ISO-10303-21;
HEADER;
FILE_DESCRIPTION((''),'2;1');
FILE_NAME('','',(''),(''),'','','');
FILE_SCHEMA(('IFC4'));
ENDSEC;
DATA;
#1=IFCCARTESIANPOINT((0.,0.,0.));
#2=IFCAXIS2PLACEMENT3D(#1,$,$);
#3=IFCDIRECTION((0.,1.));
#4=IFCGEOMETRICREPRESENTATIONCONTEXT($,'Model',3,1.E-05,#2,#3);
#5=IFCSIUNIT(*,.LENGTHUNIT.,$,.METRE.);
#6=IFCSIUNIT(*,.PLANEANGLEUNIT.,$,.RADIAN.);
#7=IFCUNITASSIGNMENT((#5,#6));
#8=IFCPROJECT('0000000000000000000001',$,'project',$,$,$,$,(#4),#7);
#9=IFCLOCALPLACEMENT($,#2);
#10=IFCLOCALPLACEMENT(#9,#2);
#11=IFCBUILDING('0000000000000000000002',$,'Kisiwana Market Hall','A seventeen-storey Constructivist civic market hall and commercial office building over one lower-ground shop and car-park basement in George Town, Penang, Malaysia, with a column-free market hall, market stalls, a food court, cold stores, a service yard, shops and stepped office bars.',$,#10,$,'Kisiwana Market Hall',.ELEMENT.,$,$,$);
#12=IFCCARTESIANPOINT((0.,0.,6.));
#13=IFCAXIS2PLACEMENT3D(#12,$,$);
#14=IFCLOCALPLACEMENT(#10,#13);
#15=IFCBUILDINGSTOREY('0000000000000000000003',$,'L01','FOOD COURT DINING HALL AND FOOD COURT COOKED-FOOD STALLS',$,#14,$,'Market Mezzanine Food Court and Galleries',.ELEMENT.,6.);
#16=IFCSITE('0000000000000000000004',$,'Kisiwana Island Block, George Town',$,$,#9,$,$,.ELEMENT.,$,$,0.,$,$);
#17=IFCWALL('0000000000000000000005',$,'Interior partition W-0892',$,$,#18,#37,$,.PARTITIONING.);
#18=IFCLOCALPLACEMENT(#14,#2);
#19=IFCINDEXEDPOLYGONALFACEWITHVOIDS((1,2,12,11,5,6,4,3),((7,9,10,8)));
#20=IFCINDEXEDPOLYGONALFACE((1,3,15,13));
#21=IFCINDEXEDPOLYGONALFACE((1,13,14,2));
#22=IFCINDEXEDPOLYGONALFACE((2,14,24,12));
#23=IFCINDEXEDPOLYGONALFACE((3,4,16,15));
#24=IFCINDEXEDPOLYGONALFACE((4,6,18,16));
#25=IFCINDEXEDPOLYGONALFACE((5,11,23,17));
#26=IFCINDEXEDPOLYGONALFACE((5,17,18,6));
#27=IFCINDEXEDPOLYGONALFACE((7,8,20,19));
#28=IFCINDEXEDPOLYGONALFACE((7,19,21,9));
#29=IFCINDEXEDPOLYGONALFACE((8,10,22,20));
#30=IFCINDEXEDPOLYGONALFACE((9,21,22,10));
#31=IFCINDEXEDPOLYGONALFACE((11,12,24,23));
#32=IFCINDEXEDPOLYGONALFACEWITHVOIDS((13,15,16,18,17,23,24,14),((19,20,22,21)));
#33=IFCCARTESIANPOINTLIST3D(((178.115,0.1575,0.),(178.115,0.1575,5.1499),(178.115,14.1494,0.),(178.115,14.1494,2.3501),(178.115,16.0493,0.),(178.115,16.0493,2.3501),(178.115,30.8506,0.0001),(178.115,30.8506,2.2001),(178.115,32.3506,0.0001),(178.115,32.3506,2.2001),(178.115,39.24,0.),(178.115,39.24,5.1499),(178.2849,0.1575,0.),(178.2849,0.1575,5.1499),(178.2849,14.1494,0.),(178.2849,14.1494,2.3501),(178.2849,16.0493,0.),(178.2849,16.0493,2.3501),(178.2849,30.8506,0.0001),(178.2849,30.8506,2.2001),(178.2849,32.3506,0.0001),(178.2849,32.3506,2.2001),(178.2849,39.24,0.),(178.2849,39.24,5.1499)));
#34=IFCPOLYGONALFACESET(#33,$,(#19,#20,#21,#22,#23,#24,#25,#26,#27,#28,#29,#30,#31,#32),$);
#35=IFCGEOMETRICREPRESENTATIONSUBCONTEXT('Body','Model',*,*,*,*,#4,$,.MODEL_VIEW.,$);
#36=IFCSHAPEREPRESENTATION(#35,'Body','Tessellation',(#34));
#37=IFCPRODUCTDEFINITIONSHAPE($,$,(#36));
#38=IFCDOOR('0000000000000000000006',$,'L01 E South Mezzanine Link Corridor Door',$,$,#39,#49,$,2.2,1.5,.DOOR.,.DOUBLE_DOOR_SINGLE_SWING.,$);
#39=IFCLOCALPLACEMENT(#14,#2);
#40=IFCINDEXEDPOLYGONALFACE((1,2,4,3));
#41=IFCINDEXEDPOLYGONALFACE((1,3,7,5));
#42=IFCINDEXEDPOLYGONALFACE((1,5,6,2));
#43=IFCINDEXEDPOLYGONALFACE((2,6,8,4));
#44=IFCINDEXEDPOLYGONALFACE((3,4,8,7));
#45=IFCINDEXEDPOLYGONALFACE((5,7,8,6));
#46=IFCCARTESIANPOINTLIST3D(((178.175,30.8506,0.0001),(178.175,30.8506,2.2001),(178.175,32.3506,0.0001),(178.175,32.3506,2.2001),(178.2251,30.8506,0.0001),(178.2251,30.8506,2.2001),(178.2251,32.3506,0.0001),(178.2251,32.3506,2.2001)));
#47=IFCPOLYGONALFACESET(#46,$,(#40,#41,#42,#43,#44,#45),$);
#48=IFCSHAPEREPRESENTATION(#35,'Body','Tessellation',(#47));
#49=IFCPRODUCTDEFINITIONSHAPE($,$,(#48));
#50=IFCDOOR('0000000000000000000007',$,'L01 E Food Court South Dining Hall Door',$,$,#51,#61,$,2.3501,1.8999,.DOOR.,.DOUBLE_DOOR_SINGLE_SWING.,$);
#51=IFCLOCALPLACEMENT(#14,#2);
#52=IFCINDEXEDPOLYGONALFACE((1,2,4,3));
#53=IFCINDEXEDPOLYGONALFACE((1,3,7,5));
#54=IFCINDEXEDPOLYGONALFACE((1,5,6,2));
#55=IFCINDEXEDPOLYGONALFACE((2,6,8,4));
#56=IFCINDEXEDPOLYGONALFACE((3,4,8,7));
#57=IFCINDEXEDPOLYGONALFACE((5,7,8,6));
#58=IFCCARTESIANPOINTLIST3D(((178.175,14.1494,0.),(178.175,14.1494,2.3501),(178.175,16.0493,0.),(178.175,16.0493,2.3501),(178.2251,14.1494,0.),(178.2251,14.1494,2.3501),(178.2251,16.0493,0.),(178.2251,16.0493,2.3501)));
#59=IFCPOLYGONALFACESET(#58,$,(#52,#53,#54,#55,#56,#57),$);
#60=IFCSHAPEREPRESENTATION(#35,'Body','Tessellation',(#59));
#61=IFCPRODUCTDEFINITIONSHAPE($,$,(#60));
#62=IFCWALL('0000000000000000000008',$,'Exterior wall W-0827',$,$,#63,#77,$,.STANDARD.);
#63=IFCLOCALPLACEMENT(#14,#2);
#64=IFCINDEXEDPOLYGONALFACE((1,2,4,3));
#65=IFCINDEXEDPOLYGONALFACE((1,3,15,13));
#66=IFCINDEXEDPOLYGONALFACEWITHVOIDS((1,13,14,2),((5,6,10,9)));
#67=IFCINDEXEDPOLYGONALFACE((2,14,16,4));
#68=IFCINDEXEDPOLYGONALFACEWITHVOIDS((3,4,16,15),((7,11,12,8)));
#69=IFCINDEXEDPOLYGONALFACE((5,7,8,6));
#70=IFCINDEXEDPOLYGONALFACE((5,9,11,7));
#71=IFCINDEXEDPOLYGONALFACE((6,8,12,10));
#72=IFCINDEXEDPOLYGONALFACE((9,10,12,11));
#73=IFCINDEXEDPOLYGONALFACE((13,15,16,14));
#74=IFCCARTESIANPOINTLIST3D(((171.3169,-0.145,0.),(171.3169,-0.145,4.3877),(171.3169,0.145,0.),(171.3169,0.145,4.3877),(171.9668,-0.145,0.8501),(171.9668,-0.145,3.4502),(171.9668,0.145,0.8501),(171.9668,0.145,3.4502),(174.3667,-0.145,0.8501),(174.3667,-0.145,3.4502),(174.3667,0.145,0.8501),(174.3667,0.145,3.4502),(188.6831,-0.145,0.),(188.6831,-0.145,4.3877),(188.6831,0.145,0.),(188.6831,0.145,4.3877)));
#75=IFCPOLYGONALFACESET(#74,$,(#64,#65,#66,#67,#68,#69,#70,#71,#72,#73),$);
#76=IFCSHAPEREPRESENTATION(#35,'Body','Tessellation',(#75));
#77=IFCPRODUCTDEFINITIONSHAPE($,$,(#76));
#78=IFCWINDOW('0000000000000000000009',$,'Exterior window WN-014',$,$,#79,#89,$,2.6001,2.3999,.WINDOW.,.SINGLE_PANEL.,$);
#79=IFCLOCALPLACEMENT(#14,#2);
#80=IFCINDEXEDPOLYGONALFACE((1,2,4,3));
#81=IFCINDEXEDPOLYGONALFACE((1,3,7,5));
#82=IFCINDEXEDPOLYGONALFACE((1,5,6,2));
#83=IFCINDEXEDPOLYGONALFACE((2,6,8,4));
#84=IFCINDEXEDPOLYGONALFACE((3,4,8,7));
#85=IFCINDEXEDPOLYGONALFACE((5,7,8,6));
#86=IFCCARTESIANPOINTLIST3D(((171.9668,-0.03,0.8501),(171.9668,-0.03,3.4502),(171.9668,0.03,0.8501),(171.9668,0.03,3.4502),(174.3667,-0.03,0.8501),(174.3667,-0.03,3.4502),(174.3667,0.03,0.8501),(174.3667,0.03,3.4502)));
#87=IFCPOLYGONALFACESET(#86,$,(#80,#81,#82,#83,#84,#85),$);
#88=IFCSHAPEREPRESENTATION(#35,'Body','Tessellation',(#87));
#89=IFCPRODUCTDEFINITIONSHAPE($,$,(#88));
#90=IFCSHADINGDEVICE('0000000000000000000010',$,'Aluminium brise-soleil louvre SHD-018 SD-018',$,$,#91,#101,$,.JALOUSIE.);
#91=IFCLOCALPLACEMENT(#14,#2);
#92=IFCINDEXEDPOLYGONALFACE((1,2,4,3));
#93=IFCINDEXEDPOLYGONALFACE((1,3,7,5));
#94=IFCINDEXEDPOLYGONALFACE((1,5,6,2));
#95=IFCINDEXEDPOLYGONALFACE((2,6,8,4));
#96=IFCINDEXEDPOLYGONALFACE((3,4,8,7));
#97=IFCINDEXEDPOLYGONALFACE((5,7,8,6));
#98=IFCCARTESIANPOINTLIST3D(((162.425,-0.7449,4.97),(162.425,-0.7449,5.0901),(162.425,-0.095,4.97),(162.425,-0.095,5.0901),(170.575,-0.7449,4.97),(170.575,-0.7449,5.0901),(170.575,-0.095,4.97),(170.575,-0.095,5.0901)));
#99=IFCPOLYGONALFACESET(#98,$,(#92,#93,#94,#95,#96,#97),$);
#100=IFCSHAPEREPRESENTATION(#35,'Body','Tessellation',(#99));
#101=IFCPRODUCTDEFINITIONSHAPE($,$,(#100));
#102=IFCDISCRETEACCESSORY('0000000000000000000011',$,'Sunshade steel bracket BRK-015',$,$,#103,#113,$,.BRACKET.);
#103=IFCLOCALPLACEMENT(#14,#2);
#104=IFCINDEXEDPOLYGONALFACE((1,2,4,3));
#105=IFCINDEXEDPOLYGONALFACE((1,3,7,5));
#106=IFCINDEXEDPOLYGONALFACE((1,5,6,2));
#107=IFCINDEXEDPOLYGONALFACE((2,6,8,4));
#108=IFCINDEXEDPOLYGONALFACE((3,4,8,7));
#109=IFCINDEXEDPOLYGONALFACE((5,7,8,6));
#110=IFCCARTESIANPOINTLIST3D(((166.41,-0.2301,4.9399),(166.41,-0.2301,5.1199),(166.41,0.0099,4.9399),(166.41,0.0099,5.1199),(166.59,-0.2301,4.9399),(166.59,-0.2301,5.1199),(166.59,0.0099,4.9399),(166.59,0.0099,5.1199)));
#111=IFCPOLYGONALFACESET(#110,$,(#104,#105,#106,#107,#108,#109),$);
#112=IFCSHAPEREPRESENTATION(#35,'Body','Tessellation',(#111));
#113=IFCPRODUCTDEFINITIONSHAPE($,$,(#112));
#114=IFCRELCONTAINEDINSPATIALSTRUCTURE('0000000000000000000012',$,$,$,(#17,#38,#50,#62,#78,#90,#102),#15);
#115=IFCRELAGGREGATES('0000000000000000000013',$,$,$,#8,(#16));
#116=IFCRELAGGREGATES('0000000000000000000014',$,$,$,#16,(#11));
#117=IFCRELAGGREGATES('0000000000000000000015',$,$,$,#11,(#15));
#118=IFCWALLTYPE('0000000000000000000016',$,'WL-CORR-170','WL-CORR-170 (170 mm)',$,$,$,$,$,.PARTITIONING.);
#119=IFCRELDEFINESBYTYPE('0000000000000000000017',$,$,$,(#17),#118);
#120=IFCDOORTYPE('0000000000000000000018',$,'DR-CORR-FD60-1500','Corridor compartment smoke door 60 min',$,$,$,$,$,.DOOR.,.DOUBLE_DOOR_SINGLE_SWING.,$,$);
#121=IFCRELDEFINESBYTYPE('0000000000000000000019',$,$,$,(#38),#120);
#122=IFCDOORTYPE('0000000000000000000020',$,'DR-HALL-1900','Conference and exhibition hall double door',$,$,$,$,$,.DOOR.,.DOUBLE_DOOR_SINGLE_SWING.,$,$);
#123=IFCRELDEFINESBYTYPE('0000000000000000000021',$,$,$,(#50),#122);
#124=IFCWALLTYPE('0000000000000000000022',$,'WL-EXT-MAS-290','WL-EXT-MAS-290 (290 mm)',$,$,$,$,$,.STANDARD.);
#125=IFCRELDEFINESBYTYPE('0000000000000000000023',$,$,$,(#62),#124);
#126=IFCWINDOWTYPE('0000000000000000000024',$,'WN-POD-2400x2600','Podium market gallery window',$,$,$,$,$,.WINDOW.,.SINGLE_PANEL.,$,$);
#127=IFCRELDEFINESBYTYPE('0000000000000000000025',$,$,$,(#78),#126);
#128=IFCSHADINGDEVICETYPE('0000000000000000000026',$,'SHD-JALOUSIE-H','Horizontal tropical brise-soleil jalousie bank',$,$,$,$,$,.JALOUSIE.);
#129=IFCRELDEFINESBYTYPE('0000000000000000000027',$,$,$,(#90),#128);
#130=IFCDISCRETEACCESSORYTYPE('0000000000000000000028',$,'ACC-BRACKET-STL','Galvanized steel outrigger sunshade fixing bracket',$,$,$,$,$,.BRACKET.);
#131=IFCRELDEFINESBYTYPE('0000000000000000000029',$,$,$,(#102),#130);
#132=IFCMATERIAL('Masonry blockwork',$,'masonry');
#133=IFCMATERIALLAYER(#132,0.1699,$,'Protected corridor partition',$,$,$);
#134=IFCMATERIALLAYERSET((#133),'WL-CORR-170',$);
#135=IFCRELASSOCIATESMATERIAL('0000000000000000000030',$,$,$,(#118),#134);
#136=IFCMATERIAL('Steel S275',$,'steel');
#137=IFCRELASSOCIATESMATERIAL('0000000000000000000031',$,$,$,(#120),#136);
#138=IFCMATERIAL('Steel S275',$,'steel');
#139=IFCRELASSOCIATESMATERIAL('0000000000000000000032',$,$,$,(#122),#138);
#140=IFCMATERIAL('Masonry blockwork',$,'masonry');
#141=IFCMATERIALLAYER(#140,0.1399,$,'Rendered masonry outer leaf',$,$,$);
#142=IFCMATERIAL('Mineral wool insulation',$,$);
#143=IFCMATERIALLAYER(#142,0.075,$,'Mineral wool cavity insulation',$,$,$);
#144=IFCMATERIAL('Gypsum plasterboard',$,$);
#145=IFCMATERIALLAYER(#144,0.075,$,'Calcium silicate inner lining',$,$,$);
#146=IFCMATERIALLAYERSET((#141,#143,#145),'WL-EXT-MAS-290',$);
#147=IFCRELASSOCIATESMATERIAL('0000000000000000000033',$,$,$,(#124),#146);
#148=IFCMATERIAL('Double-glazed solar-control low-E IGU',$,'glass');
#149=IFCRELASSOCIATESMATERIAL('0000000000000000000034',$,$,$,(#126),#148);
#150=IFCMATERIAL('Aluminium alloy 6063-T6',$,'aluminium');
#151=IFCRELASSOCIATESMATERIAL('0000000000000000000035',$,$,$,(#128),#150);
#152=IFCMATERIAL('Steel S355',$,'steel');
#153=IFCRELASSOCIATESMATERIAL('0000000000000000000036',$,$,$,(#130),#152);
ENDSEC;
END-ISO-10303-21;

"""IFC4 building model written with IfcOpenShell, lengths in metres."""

from ifc_helpers import new_model, si_unit, direction, frame, frame_2d, origin, origin_2d, place, context, subcontext, project, spatial, rectangle, extrude, material, layer, layer_set, type_object, element, fill, save


model = new_model("IFC4")

# Units and contexts
model_context = context("Model", 3, precision=1e-05, world=origin(), true_north=direction((0.0, 1.0)))
body_context = subcontext(model_context, "Body", "Model", "MODEL_VIEW")
ifc_project = project(units=[si_unit("LENGTHUNIT", "METRE"), si_unit("PLANEANGLEUNIT", "RADIAN")], contexts=[model_context])

# Site, building, storey
site_placement = place(None, origin())
site = spatial("IfcSite", under=ifc_project, at=site_placement, Name="Kisiwana Island Block, George Town", CompositionType="ELEMENT", RefElevation=0.0)
building_placement = place(site_placement, origin())
building = spatial("IfcBuilding", under=site, at=building_placement, Name="Kisiwana Market Hall", Description="A seventeen-storey Constructivist civic market hall and commercial office building over one lower-ground shop and car-park basement in George Town, Penang, Malaysia, with a column-free market hall, market stalls, a food court, cold stores, a service yard, shops and stepped office bars.", LongName="Kisiwana Market Hall", CompositionType="ELEMENT")
storey_placement = place(building_placement, frame((0.0, 0.0, 6.0)))
storey = spatial("IfcBuildingStorey", under=building, at=storey_placement, Name="L01", Description="FOOD COURT DINING HALL AND FOOD COURT COOKED-FOOD STALLS", LongName="Market Mezzanine Food Court and Galleries", CompositionType="ELEMENT", Elevation=6.0)

# Shared definitions
ifc_material_1 = material(Name="Masonry blockwork", Category="masonry")
ifc_layer_1 = layer(ifc_material_1, 0.1699, Name="Protected corridor partition")
ifc_layer_set_1 = layer_set([ifc_layer_1], Name="WL-CORR-170")
wall_type_1 = type_object("IfcWallType", Name="WL-CORR-170", Description="WL-CORR-170 (170 mm)", PredefinedType="PARTITIONING", material=ifc_layer_set_1)

# Wall, openings, doors
wall_1_placement = place(storey_placement, frame((178.2, 0.1575, 0.0), z_axis=(0.0, 0.0, 1.0), x_axis=(0.0, 1.0, 0.0)))
wall_1 = element("IfcWall", 1, at=wall_1_placement, inside=storey, type_object=wall_type_1, Name="Interior partition W-0892", PredefinedType="PARTITIONING", context=body_context, shape_type="SweptSolid", body=[
    extrude(rectangle(XDim=39.0825, YDim=0.1699, at=frame_2d((19.5413, 0.0))), origin(), (0.0, 0.0, 1.0), 5.1499),
])
opening_1_placement = place(wall_1_placement, frame((13.9919, 0.0, 0.0)))
opening_1 = element("IfcOpeningElement", 2, at=opening_1_placement, cuts=wall_1, PredefinedType="OPENING", context=body_context, shape_type="SweptSolid", body=[
    extrude(rectangle(XDim=1.8999, YDim=2.3501, at=frame_2d((0.95, 1.175))), frame((0.0, 0.0969, 0.0), z_axis=(0.0, -1.0, 0.0), x_axis=(1.0, 0.0, 0.0)), (0.0, 0.0, 1.0), 0.1938),
])
opening_2_placement = place(wall_1_placement, frame((30.6931, 0.0, 0.0)))
opening_2 = element("IfcOpeningElement", 3, at=opening_2_placement, cuts=wall_1, PredefinedType="OPENING", context=body_context, shape_type="SweptSolid", body=[
    extrude(rectangle(XDim=1.5, YDim=2.2, at=frame_2d((0.75, 1.1001))), frame((0.0, 0.0969, 0.0), z_axis=(0.0, -1.0, 0.0), x_axis=(1.0, 0.0, 0.0)), (0.0, 0.0, 1.0), 0.1938),
])
ifc_material_2 = material(Name="Steel S275", Category="steel")
door_type_1 = type_object("IfcDoorType", Name="DR-CORR-FD60-1500", Description="Corridor compartment smoke door 60 min", OperationType="DOUBLE_DOOR_SINGLE_SWING", PredefinedType="DOOR", material=ifc_material_2)
door_1_placement = place(opening_2_placement, origin())
door_1 = element("IfcDoor", 4, at=door_1_placement, inside=storey, type_object=door_type_1, Name="L01 E South Mezzanine Link Corridor Door", OperationType="DOUBLE_DOOR_SINGLE_SWING", OverallHeight=2.2, OverallWidth=1.5, PredefinedType="DOOR", context=body_context, shape_type="SweptSolid", body=[
    extrude(rectangle(XDim=1.5, YDim=2.2, at=frame_2d((0.75, 1.1001))), frame((0.0, 0.0249, 0.0), z_axis=(0.0, -1.0, 0.0), x_axis=(1.0, 0.0, 0.0)), (0.0, 0.0, 1.0), 0.05),
])
fill(opening_2, door_1)
ifc_material_3 = material(Name="Steel S275", Category="steel")
door_type_2 = type_object("IfcDoorType", Name="DR-HALL-1900", Description="Conference and exhibition hall double door", OperationType="DOUBLE_DOOR_SINGLE_SWING", PredefinedType="DOOR", material=ifc_material_3)
door_2_placement = place(opening_1_placement, origin())
door_2 = element("IfcDoor", 5, at=door_2_placement, inside=storey, type_object=door_type_2, Name="L01 E Food Court South Dining Hall Door", OperationType="DOUBLE_DOOR_SINGLE_SWING", OverallHeight=2.3501, OverallWidth=1.8999, PredefinedType="DOOR", context=body_context, shape_type="SweptSolid", body=[
    extrude(rectangle(XDim=1.8999, YDim=2.3501, at=frame_2d((0.95, 1.175))), frame((0.0, 0.0249, 0.0), z_axis=(0.0, -1.0, 0.0), x_axis=(1.0, 0.0, 0.0)), (0.0, 0.0, 1.0), 0.05),
])
fill(opening_1, door_2)

# Wall, opening, window
ifc_material_4 = material(Name="Masonry blockwork", Category="masonry")
ifc_layer_2 = layer(ifc_material_4, 0.1399, Name="Rendered masonry outer leaf")
ifc_material_5 = material(Name="Mineral wool insulation")
ifc_layer_3 = layer(ifc_material_5, 0.075, Name="Mineral wool cavity insulation")
ifc_material_6 = material(Name="Gypsum plasterboard")
ifc_layer_4 = layer(ifc_material_6, 0.075, Name="Calcium silicate inner lining")
ifc_layer_set_2 = layer_set([ifc_layer_2, ifc_layer_3, ifc_layer_4], Name="WL-EXT-MAS-290")
wall_type_2 = type_object("IfcWallType", Name="WL-EXT-MAS-290", Description="WL-EXT-MAS-290 (290 mm)", PredefinedType="STANDARD", material=ifc_layer_set_2)
wall_2_placement = place(storey_placement, frame((171.3169, 0.0, 0.0), z_axis=(0.0, 0.0, 1.0), x_axis=(1.0, 0.0, 0.0)))
wall_2 = element("IfcWall", 6, at=wall_2_placement, inside=storey, type_object=wall_type_2, Name="Exterior wall W-0827", PredefinedType="STANDARD", context=body_context, shape_type="SweptSolid", body=[
    extrude(rectangle(XDim=17.3662, YDim=0.29, at=frame_2d((8.6831, 0.0))), origin(), (0.0, 0.0, 1.0), 4.3877),
])
opening_3_placement = place(wall_2_placement, frame((0.6499, 0.0, 0.8501)))
opening_3 = element("IfcOpeningElement", 7, at=opening_3_placement, cuts=wall_2, PredefinedType="OPENING", context=body_context, shape_type="SweptSolid", body=[
    extrude(rectangle(XDim=2.3999, YDim=2.6001, at=frame_2d((1.2, 1.3))), frame((0.0, 0.157, 0.0), z_axis=(0.0, -1.0, 0.0), x_axis=(1.0, 0.0, 0.0)), (0.0, 0.0, 1.0), 0.314),
])
ifc_material_7 = material(Name="Double-glazed solar-control low-E IGU", Category="glass")
window_type = type_object("IfcWindowType", Name="WN-POD-2400x2600", Description="Podium market gallery window", PartitioningType="SINGLE_PANEL", PredefinedType="WINDOW", material=ifc_material_7)
window_placement = place(opening_3_placement, origin())
window = element("IfcWindow", 8, at=window_placement, inside=storey, type_object=window_type, Name="Exterior window WN-014", OverallHeight=2.6001, OverallWidth=2.3999, PartitioningType="SINGLE_PANEL", PredefinedType="WINDOW", context=body_context, shape_type="SweptSolid", body=[
    extrude(rectangle(XDim=2.3999, YDim=2.6001, at=frame_2d((1.2, 1.3))), frame((0.0, 0.03, 0.0), z_axis=(0.0, -1.0, 0.0), x_axis=(1.0, 0.0, 0.0)), (0.0, 0.0, 1.0), 0.0601),
])
fill(opening_3, window)

# Shading device
ifc_material_8 = material(Name="Aluminium alloy 6063-T6", Category="aluminium")
shading_device_type = type_object("IfcShadingDeviceType", Name="SHD-JALOUSIE-H", Description="Horizontal tropical brise-soleil jalousie bank", PredefinedType="JALOUSIE", material=ifc_material_8)
shading_device_placement = place(storey_placement, frame((166.5, -0.4199, 4.97), z_axis=(0.0, 0.0, 1.0), x_axis=(1.0, 0.0, 0.0)))
element("IfcShadingDevice", 9, at=shading_device_placement, inside=storey, type_object=shading_device_type, Name="Aluminium brise-soleil louvre SHD-018 SD-018", PredefinedType="JALOUSIE", context=body_context, shape_type="SweptSolid", body=[
    extrude(rectangle(XDim=8.1499, YDim=0.6499, at=origin_2d()), origin(), (0.0, 0.0, 1.0), 0.1201),
])

# Discrete accessory
ifc_material_9 = material(Name="Steel S355", Category="steel")
discrete_accessory_type = type_object("IfcDiscreteAccessoryType", Name="ACC-BRACKET-STL", Description="Galvanized steel outrigger sunshade fixing bracket", PredefinedType="BRACKET", material=ifc_material_9)
discrete_accessory_placement = place(storey_placement, frame((166.5, -0.1101, 4.9399), z_axis=(0.0, 0.0, 1.0), x_axis=(1.0, 0.0, 0.0)))
element("IfcDiscreteAccessory", 10, at=discrete_accessory_placement, inside=storey, type_object=discrete_accessory_type, Name="Sunshade steel bracket BRK-015", PredefinedType="BRACKET", context=body_context, shape_type="SweptSolid", body=[
    extrude(rectangle(XDim=0.1799, YDim=0.24, at=origin_2d()), origin(), (0.0, 0.0, 1.0), 0.1799),
])

save(model, "model.ifc")
